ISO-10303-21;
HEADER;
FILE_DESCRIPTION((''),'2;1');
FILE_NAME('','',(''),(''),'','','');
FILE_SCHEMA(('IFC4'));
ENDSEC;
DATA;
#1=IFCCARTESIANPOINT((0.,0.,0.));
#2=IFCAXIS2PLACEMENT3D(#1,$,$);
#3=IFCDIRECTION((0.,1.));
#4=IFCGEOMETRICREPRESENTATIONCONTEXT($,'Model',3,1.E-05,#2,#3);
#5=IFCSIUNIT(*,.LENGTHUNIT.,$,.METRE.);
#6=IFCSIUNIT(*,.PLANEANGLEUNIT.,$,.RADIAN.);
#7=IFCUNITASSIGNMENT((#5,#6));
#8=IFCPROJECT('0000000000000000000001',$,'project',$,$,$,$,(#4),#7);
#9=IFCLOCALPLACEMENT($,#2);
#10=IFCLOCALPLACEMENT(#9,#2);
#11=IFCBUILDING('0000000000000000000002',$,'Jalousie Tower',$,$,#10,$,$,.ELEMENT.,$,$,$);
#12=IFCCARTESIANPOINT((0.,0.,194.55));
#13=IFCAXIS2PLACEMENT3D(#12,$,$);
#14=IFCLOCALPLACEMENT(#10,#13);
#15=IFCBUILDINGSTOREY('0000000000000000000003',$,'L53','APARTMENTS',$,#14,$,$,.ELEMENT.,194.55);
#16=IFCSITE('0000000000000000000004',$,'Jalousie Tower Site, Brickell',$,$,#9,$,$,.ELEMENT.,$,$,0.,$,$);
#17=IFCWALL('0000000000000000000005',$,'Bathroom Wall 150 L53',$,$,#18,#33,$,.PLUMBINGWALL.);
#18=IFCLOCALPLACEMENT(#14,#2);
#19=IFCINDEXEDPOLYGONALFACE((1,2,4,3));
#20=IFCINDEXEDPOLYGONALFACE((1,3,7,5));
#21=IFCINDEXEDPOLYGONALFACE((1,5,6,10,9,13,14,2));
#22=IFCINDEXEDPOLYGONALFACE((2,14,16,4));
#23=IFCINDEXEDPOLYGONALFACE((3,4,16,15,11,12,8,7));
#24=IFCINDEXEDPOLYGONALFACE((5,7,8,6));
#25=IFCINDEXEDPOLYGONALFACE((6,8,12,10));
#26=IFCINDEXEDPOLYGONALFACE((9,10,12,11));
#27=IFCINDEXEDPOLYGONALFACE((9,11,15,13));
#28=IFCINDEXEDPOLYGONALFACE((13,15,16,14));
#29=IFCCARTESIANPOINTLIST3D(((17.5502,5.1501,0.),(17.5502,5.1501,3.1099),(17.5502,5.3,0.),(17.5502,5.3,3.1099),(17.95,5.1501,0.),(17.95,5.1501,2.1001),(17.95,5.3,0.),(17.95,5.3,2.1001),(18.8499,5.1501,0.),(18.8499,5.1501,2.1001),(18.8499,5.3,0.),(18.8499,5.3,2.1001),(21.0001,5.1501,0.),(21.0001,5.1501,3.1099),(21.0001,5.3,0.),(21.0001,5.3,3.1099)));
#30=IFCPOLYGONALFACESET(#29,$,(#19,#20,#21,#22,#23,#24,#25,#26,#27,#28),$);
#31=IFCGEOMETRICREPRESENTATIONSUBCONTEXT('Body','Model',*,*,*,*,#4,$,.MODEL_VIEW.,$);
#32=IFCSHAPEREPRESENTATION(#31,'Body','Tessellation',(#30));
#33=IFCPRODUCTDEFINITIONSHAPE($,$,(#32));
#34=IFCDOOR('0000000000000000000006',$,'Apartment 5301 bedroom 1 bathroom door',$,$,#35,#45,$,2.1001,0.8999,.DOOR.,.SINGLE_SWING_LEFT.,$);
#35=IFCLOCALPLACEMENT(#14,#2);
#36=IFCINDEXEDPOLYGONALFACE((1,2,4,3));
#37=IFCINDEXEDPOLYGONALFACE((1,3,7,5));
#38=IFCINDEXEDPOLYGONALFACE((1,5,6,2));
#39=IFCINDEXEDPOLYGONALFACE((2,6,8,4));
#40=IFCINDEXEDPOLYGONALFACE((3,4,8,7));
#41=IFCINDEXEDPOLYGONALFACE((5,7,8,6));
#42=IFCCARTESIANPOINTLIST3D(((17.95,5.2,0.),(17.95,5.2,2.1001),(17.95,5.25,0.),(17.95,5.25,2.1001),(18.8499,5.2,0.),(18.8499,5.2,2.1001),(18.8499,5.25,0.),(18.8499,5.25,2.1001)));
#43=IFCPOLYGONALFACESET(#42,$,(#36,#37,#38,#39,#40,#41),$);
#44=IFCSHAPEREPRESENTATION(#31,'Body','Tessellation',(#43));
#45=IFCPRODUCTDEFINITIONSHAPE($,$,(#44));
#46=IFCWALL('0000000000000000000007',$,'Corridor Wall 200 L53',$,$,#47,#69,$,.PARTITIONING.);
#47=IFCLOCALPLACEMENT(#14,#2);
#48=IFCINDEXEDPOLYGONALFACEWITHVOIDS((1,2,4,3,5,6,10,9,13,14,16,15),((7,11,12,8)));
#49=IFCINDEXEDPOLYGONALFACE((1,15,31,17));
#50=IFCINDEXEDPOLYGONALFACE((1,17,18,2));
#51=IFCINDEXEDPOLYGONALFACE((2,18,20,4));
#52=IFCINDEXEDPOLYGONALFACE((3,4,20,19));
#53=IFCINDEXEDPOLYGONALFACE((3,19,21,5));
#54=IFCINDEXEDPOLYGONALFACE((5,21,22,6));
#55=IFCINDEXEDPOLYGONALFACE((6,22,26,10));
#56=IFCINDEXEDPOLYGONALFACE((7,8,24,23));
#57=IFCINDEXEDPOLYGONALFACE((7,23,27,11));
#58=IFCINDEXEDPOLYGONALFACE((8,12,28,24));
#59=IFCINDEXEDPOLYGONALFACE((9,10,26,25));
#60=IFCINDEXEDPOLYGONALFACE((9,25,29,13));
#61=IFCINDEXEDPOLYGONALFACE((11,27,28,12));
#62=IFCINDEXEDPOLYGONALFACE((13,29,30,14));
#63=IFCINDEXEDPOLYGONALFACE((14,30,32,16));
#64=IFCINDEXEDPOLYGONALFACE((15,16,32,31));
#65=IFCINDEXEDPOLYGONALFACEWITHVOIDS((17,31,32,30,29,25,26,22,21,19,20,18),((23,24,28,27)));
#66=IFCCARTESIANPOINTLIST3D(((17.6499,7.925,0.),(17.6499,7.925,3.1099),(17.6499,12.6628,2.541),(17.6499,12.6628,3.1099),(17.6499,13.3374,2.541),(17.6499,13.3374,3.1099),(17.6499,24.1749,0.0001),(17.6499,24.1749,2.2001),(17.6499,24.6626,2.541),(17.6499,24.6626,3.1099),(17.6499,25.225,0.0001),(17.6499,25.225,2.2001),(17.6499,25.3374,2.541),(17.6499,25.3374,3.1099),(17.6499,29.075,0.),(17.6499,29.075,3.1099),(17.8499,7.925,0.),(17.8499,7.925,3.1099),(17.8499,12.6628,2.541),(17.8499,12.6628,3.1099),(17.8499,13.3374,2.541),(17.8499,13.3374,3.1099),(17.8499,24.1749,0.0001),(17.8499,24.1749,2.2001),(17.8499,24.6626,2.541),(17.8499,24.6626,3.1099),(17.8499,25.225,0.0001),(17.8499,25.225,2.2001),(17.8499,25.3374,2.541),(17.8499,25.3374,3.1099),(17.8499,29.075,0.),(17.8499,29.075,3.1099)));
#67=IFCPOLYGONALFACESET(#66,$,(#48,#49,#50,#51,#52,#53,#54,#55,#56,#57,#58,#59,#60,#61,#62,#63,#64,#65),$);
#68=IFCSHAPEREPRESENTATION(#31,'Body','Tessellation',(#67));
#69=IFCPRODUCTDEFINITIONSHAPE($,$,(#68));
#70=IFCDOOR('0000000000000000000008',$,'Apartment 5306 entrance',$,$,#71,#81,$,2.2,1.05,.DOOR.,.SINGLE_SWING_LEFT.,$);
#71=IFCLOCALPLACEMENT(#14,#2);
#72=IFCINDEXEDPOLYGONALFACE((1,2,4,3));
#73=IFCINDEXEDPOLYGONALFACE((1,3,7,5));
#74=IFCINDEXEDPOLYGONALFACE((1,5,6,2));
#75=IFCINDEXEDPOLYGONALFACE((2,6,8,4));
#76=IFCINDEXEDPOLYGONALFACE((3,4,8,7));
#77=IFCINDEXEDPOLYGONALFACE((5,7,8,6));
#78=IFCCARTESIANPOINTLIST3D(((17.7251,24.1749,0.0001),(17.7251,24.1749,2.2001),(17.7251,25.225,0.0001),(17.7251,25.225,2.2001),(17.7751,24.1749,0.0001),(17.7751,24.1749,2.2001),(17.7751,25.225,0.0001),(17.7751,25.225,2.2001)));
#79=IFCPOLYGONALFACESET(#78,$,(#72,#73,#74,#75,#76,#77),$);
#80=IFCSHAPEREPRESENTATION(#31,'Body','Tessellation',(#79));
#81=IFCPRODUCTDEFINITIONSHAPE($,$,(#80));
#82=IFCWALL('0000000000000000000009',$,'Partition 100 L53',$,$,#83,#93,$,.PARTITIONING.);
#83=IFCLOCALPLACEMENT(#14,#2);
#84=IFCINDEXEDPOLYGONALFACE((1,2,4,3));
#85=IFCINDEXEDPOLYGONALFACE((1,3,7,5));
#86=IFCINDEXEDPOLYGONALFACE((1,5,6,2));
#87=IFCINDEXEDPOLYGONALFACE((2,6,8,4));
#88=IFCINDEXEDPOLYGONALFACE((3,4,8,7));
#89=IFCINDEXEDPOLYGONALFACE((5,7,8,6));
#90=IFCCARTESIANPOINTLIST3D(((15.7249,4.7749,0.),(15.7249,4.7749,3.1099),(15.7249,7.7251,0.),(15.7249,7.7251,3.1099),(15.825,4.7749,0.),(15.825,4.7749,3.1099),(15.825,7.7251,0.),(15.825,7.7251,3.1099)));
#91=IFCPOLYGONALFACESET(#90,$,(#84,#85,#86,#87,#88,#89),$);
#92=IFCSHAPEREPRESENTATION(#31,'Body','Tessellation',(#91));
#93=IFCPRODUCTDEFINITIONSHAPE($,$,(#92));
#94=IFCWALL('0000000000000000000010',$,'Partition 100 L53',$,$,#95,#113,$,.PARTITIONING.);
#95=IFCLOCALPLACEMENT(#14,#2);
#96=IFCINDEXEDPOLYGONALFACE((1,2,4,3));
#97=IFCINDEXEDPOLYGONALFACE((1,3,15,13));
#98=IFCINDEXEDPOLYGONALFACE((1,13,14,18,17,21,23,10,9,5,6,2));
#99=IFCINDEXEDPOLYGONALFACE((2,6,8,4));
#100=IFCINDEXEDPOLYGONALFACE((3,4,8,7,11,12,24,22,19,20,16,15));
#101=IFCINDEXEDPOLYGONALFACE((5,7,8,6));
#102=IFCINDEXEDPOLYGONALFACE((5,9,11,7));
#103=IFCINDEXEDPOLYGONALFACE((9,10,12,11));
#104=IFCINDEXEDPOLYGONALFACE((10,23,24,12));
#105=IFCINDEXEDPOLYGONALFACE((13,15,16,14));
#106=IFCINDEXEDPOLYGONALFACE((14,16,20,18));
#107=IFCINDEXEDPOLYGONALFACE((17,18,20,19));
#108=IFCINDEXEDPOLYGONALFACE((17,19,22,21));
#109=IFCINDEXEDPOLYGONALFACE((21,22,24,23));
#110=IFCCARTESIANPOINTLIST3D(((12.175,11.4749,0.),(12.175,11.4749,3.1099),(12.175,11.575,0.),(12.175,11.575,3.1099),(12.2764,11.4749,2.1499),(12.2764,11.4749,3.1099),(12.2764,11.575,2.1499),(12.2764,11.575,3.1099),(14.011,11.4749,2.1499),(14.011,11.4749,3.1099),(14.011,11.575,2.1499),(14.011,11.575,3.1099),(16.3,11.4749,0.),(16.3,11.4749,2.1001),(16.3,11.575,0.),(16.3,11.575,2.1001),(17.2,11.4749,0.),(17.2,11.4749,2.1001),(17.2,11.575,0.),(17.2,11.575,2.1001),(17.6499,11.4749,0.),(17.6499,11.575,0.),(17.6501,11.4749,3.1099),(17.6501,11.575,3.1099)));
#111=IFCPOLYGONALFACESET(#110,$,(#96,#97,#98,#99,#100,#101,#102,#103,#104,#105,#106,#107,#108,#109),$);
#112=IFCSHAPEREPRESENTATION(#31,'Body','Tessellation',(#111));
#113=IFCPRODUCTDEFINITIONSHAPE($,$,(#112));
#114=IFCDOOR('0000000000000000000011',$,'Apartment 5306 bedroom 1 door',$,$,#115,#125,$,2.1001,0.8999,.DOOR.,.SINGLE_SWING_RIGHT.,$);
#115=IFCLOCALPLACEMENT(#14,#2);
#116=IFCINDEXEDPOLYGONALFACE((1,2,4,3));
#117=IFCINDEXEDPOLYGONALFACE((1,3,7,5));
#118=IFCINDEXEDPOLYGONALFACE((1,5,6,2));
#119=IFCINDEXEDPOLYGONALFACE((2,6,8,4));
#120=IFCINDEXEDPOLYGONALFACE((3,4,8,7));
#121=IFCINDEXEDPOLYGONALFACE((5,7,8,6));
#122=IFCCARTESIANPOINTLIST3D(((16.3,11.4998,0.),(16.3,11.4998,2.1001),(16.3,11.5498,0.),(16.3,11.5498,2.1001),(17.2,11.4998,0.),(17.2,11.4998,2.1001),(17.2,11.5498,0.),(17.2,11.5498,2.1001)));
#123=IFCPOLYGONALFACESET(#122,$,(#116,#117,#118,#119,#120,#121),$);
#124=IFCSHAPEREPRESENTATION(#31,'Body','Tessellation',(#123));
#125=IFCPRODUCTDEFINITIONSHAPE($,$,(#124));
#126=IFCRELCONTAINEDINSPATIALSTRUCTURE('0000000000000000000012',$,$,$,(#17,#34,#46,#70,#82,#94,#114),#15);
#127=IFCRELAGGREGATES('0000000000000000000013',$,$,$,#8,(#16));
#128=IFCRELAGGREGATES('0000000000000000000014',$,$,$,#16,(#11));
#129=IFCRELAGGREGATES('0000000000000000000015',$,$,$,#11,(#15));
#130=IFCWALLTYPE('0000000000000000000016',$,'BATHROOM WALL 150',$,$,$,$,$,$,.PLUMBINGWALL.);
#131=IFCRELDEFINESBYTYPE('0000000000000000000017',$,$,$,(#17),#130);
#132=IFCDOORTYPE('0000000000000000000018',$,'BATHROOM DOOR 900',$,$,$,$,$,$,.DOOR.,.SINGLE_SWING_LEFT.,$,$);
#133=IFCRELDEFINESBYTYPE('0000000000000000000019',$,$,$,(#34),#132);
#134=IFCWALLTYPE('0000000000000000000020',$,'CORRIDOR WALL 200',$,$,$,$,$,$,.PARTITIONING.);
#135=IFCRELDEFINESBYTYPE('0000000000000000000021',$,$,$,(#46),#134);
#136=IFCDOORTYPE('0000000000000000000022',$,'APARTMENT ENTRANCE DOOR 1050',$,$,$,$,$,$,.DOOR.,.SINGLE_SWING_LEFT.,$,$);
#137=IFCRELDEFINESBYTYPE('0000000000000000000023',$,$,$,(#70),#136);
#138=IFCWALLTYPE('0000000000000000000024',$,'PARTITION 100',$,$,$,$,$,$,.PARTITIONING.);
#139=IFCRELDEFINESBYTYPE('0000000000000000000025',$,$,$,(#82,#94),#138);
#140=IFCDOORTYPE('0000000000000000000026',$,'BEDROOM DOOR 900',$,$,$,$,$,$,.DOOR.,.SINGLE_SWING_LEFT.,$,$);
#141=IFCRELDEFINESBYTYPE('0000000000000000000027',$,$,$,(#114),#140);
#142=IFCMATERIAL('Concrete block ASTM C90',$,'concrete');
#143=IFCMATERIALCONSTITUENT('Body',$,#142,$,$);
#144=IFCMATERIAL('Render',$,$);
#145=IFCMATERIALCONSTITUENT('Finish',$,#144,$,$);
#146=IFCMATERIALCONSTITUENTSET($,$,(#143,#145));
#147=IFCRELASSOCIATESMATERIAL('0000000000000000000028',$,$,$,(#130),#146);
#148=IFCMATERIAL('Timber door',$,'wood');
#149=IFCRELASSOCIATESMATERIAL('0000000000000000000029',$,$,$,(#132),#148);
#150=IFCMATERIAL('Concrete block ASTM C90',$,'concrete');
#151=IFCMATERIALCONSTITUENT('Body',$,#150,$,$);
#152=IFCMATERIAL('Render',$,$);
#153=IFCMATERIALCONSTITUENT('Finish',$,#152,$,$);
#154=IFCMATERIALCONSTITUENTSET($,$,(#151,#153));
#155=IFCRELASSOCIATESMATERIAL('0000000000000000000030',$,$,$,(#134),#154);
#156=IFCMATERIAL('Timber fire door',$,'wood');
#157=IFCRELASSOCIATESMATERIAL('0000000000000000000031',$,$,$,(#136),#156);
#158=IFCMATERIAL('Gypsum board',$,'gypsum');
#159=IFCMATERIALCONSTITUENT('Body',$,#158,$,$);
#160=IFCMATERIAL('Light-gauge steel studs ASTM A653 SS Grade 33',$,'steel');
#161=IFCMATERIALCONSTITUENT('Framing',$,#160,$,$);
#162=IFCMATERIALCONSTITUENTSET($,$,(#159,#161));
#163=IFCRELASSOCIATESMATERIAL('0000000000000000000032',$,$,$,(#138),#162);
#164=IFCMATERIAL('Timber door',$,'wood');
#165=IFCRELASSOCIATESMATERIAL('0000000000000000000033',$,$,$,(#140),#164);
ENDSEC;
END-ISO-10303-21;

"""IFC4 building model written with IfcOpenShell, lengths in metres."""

from ifc_helpers import new_model, si_unit, direction, frame, frame_2d, origin, place, context, subcontext, project, spatial, polyline, rectangle, outline, extrude, material, constituent, constituent_set, type_object, element, fill, save


model = new_model("IFC4")

# Units and contexts
model_context = context("Model", 3, precision=1e-05, world=origin(), true_north=direction((0.0, 1.0)))
body_context = subcontext(model_context, "Body", "Model", "MODEL_VIEW")
ifc_project = project(units=[si_unit("LENGTHUNIT", "METRE"), si_unit("PLANEANGLEUNIT", "RADIAN")], contexts=[model_context])

# Site, building, storey
site_placement = place(None, origin())
site = spatial("IfcSite", under=ifc_project, at=site_placement, Name="Jalousie Tower Site, Brickell", CompositionType="ELEMENT", RefElevation=0.0)
building_placement = place(site_placement, origin())
building = spatial("IfcBuilding", under=site, at=building_placement, Name="Jalousie Tower", CompositionType="ELEMENT")
storey_placement = place(building_placement, frame((0.0, 0.0, 194.55)))
storey = spatial("IfcBuildingStorey", under=building, at=storey_placement, Name="L53", Description="APARTMENTS", CompositionType="ELEMENT", Elevation=194.55)

# Walls, openings, doors
ifc_material_1 = material(Name="Concrete block ASTM C90", Category="concrete")
ifc_constituent_1 = constituent(ifc_material_1, Name="Body")
ifc_material_2 = material(Name="Render")
ifc_constituent_2 = constituent(ifc_material_2, Name="Finish")
ifc_constituent_set_1 = constituent_set(constituents=[ifc_constituent_1, ifc_constituent_2])
wall_type_1 = type_object("IfcWallType", Name="BATHROOM WALL 150", PredefinedType="PLUMBINGWALL", material=ifc_constituent_set_1)
wall_1_placement = place(storey_placement, frame((17.55, 5.2251, 0.0), z_axis=(0.0, 0.0, 1.0), x_axis=(1.0, 0.0, 0.0)))
wall_1 = element("IfcWall", 1, at=wall_1_placement, inside=storey, type_object=wall_type_1, Name="Bathroom Wall 150 L53", PredefinedType="PLUMBINGWALL", context=body_context, shape_type="SweptSolid", body=[
    extrude(rectangle(XDim=3.45, YDim=0.1499, at=frame_2d((1.7251, 0.0))), origin(), (0.0, 0.0, 1.0), 3.1099),
])
opening_1_placement = place(wall_1_placement, frame((0.3999, 0.0, 0.0)))
opening_1 = element("IfcOpeningElement", 2, at=opening_1_placement, cuts=wall_1, PredefinedType="OPENING", context=body_context, shape_type="SweptSolid", body=[
    extrude(rectangle(XDim=0.8999, YDim=2.1001, at=frame_2d((0.45, 1.05))), frame((0.0, 0.085, 0.0), z_axis=(0.0, -1.0, 0.0), x_axis=(1.0, 0.0, 0.0)), (0.0, 0.0, 1.0), 0.1699),
])
ifc_material_3 = material(Name="Timber door", Category="wood")
door_type_1 = type_object("IfcDoorType", Name="BATHROOM DOOR 900", OperationType="SINGLE_SWING_LEFT", PredefinedType="DOOR", material=ifc_material_3)
door_1_placement = place(opening_1_placement, origin())
door_1 = element("IfcDoor", 3, at=door_1_placement, inside=storey, type_object=door_type_1, Name="Apartment 5301 bedroom 1 bathroom door", OperationType="SINGLE_SWING_LEFT", OverallHeight=2.1001, OverallWidth=0.8999, PredefinedType="DOOR", context=body_context, shape_type="SweptSolid", body=[
    extrude(rectangle(XDim=0.8999, YDim=2.1001, at=frame_2d((0.45, 1.05))), frame((0.0, 0.0249, 0.0), z_axis=(0.0, -1.0, 0.0), x_axis=(1.0, 0.0, 0.0)), (0.0, 0.0, 1.0), 0.05),
])
fill(opening_1, door_1)
ifc_material_4 = material(Name="Concrete block ASTM C90", Category="concrete")
ifc_constituent_3 = constituent(ifc_material_4, Name="Body")
ifc_material_5 = material(Name="Render")
ifc_constituent_4 = constituent(ifc_material_5, Name="Finish")
ifc_constituent_set_2 = constituent_set(constituents=[ifc_constituent_3, ifc_constituent_4])
wall_type_2 = type_object("IfcWallType", Name="CORRIDOR WALL 200", PredefinedType="PARTITIONING", material=ifc_constituent_set_2)
wall_2_placement = place(storey_placement, frame((17.75, 7.925, 0.0), z_axis=(0.0, 0.0, 1.0), x_axis=(0.0, 1.0, 0.0)))
wall_2 = element("IfcWall", 4, at=wall_2_placement, inside=storey, type_object=wall_type_2, Name="Corridor Wall 200 L53", PredefinedType="PARTITIONING", context=body_context, shape_type="SweptSolid", body=[
    extrude(outline(polyline([(0.0, 0.0), (21.1499, 0.0), (21.1499, 3.1099), (17.4124, 3.1099), (17.4124, 2.541), (16.7375, 2.541), (16.7375, 3.1099), (5.4124, 3.1099), (5.4124, 2.541), (4.7378, 2.541), (4.7378, 3.1099), (0.0, 3.1099), (0.0, 0.0)])), frame((0.0, 0.1001, 0.0), z_axis=(0.0, -1.0, 0.0), x_axis=(1.0, 0.0, 0.0)), (0.0, 0.0, 1.0), 0.2),
])
opening_2_placement = place(wall_2_placement, frame((16.25, 0.0, 0.0)))
opening_2 = element("IfcOpeningElement", 5, at=opening_2_placement, cuts=wall_2, PredefinedType="OPENING", context=body_context, shape_type="SweptSolid", body=[
    extrude(rectangle(XDim=1.05, YDim=2.2, at=frame_2d((0.5249, 1.1001))), frame((0.0, 0.1099, 0.0), z_axis=(0.0, -1.0, 0.0), x_axis=(1.0, 0.0, 0.0)), (0.0, 0.0, 1.0), 0.22),
])
ifc_material_6 = material(Name="Timber fire door", Category="wood")
door_type_2 = type_object("IfcDoorType", Name="APARTMENT ENTRANCE DOOR 1050", OperationType="SINGLE_SWING_LEFT", PredefinedType="DOOR", material=ifc_material_6)
door_2_placement = place(opening_2_placement, origin())
door_2 = element("IfcDoor", 6, at=door_2_placement, inside=storey, type_object=door_type_2, Name="Apartment 5306 entrance", OperationType="SINGLE_SWING_LEFT", OverallHeight=2.2, OverallWidth=1.05, PredefinedType="DOOR", context=body_context, shape_type="SweptSolid", body=[
    extrude(rectangle(XDim=1.05, YDim=2.2, at=frame_2d((0.5249, 1.1001))), frame((0.0, 0.0249, 0.0), z_axis=(0.0, -1.0, 0.0), x_axis=(1.0, 0.0, 0.0)), (0.0, 0.0, 1.0), 0.05),
])
fill(opening_2, door_2)

# Wall
ifc_material_7 = material(Name="Gypsum board", Category="gypsum")
ifc_constituent_5 = constituent(ifc_material_7, Name="Body")
ifc_material_8 = material(Name="Light-gauge steel studs ASTM A653 SS Grade 33", Category="steel")
ifc_constituent_6 = constituent(ifc_material_8, Name="Framing")
ifc_constituent_set_3 = constituent_set(constituents=[ifc_constituent_5, ifc_constituent_6])
wall_type_3 = type_object("IfcWallType", Name="PARTITION 100", PredefinedType="PARTITIONING", material=ifc_constituent_set_3)
wall_3_placement = place(storey_placement, frame((15.7749, 4.7749, 0.0), z_axis=(0.0, 0.0, 1.0), x_axis=(0.0, 1.0, 0.0)))
element("IfcWall", 7, at=wall_3_placement, inside=storey, type_object=wall_type_3, Name="Partition 100 L53", PredefinedType="PARTITIONING", context=body_context, shape_type="SweptSolid", body=[
    extrude(rectangle(XDim=2.9502, YDim=0.1001, at=frame_2d((1.4751, 0.0))), origin(), (0.0, 0.0, 1.0), 3.1099),
])

# Wall, opening, door
wall_4_placement = place(storey_placement, frame((12.175, 11.5249, 0.0), z_axis=(0.0, 0.0, 1.0), x_axis=(1.0, 0.0, 0.0)))
wall_4 = element("IfcWall", 8, at=wall_4_placement, inside=storey, type_object=wall_type_3, Name="Partition 100 L53", PredefinedType="PARTITIONING", context=body_context, shape_type="SweptSolid", body=[
    extrude(outline(polyline([(0.0, 0.0), (5.4749, 0.0), (5.4751, 3.1099), (1.8359, 3.1099), (1.8359, 2.1499), (0.1013, 2.1499), (0.1013, 3.1099), (0.0, 3.1099), (0.0, 0.0)])), frame((0.0, 0.05, 0.0), z_axis=(0.0, -1.0, 0.0), x_axis=(1.0, 0.0, 0.0)), (0.0, 0.0, 1.0), 0.1001),
])
opening_3_placement = place(wall_4_placement, frame((4.125, 0.0, 0.0)))
opening_3 = element("IfcOpeningElement", 9, at=opening_3_placement, cuts=wall_4, PredefinedType="OPENING", context=body_context, shape_type="SweptSolid", body=[
    extrude(rectangle(XDim=0.8999, YDim=2.1001, at=frame_2d((0.45, 1.05))), frame((0.0, 0.0601, 0.0), z_axis=(0.0, -1.0, 0.0), x_axis=(1.0, 0.0, 0.0)), (0.0, 0.0, 1.0), 0.1201),
])
ifc_material_9 = material(Name="Timber door", Category="wood")
door_type_3 = type_object("IfcDoorType", Name="BEDROOM DOOR 900", OperationType="SINGLE_SWING_LEFT", PredefinedType="DOOR", material=ifc_material_9)
door_3_placement = place(opening_3_placement, origin())
door_3 = element("IfcDoor", 10, at=door_3_placement, inside=storey, type_object=door_type_3, Name="Apartment 5306 bedroom 1 door", OperationType="SINGLE_SWING_RIGHT", OverallHeight=2.1001, OverallWidth=0.8999, PredefinedType="DOOR", context=body_context, shape_type="SweptSolid", body=[
    extrude(rectangle(XDim=0.8999, YDim=2.1001, at=frame_2d((0.45, 1.05))), frame((0.0, 0.0249, 0.0), z_axis=(0.0, -1.0, 0.0), x_axis=(1.0, 0.0, 0.0)), (0.0, 0.0, 1.0), 0.05),
])
fill(opening_3, door_3)

save(model, "model.ifc")
